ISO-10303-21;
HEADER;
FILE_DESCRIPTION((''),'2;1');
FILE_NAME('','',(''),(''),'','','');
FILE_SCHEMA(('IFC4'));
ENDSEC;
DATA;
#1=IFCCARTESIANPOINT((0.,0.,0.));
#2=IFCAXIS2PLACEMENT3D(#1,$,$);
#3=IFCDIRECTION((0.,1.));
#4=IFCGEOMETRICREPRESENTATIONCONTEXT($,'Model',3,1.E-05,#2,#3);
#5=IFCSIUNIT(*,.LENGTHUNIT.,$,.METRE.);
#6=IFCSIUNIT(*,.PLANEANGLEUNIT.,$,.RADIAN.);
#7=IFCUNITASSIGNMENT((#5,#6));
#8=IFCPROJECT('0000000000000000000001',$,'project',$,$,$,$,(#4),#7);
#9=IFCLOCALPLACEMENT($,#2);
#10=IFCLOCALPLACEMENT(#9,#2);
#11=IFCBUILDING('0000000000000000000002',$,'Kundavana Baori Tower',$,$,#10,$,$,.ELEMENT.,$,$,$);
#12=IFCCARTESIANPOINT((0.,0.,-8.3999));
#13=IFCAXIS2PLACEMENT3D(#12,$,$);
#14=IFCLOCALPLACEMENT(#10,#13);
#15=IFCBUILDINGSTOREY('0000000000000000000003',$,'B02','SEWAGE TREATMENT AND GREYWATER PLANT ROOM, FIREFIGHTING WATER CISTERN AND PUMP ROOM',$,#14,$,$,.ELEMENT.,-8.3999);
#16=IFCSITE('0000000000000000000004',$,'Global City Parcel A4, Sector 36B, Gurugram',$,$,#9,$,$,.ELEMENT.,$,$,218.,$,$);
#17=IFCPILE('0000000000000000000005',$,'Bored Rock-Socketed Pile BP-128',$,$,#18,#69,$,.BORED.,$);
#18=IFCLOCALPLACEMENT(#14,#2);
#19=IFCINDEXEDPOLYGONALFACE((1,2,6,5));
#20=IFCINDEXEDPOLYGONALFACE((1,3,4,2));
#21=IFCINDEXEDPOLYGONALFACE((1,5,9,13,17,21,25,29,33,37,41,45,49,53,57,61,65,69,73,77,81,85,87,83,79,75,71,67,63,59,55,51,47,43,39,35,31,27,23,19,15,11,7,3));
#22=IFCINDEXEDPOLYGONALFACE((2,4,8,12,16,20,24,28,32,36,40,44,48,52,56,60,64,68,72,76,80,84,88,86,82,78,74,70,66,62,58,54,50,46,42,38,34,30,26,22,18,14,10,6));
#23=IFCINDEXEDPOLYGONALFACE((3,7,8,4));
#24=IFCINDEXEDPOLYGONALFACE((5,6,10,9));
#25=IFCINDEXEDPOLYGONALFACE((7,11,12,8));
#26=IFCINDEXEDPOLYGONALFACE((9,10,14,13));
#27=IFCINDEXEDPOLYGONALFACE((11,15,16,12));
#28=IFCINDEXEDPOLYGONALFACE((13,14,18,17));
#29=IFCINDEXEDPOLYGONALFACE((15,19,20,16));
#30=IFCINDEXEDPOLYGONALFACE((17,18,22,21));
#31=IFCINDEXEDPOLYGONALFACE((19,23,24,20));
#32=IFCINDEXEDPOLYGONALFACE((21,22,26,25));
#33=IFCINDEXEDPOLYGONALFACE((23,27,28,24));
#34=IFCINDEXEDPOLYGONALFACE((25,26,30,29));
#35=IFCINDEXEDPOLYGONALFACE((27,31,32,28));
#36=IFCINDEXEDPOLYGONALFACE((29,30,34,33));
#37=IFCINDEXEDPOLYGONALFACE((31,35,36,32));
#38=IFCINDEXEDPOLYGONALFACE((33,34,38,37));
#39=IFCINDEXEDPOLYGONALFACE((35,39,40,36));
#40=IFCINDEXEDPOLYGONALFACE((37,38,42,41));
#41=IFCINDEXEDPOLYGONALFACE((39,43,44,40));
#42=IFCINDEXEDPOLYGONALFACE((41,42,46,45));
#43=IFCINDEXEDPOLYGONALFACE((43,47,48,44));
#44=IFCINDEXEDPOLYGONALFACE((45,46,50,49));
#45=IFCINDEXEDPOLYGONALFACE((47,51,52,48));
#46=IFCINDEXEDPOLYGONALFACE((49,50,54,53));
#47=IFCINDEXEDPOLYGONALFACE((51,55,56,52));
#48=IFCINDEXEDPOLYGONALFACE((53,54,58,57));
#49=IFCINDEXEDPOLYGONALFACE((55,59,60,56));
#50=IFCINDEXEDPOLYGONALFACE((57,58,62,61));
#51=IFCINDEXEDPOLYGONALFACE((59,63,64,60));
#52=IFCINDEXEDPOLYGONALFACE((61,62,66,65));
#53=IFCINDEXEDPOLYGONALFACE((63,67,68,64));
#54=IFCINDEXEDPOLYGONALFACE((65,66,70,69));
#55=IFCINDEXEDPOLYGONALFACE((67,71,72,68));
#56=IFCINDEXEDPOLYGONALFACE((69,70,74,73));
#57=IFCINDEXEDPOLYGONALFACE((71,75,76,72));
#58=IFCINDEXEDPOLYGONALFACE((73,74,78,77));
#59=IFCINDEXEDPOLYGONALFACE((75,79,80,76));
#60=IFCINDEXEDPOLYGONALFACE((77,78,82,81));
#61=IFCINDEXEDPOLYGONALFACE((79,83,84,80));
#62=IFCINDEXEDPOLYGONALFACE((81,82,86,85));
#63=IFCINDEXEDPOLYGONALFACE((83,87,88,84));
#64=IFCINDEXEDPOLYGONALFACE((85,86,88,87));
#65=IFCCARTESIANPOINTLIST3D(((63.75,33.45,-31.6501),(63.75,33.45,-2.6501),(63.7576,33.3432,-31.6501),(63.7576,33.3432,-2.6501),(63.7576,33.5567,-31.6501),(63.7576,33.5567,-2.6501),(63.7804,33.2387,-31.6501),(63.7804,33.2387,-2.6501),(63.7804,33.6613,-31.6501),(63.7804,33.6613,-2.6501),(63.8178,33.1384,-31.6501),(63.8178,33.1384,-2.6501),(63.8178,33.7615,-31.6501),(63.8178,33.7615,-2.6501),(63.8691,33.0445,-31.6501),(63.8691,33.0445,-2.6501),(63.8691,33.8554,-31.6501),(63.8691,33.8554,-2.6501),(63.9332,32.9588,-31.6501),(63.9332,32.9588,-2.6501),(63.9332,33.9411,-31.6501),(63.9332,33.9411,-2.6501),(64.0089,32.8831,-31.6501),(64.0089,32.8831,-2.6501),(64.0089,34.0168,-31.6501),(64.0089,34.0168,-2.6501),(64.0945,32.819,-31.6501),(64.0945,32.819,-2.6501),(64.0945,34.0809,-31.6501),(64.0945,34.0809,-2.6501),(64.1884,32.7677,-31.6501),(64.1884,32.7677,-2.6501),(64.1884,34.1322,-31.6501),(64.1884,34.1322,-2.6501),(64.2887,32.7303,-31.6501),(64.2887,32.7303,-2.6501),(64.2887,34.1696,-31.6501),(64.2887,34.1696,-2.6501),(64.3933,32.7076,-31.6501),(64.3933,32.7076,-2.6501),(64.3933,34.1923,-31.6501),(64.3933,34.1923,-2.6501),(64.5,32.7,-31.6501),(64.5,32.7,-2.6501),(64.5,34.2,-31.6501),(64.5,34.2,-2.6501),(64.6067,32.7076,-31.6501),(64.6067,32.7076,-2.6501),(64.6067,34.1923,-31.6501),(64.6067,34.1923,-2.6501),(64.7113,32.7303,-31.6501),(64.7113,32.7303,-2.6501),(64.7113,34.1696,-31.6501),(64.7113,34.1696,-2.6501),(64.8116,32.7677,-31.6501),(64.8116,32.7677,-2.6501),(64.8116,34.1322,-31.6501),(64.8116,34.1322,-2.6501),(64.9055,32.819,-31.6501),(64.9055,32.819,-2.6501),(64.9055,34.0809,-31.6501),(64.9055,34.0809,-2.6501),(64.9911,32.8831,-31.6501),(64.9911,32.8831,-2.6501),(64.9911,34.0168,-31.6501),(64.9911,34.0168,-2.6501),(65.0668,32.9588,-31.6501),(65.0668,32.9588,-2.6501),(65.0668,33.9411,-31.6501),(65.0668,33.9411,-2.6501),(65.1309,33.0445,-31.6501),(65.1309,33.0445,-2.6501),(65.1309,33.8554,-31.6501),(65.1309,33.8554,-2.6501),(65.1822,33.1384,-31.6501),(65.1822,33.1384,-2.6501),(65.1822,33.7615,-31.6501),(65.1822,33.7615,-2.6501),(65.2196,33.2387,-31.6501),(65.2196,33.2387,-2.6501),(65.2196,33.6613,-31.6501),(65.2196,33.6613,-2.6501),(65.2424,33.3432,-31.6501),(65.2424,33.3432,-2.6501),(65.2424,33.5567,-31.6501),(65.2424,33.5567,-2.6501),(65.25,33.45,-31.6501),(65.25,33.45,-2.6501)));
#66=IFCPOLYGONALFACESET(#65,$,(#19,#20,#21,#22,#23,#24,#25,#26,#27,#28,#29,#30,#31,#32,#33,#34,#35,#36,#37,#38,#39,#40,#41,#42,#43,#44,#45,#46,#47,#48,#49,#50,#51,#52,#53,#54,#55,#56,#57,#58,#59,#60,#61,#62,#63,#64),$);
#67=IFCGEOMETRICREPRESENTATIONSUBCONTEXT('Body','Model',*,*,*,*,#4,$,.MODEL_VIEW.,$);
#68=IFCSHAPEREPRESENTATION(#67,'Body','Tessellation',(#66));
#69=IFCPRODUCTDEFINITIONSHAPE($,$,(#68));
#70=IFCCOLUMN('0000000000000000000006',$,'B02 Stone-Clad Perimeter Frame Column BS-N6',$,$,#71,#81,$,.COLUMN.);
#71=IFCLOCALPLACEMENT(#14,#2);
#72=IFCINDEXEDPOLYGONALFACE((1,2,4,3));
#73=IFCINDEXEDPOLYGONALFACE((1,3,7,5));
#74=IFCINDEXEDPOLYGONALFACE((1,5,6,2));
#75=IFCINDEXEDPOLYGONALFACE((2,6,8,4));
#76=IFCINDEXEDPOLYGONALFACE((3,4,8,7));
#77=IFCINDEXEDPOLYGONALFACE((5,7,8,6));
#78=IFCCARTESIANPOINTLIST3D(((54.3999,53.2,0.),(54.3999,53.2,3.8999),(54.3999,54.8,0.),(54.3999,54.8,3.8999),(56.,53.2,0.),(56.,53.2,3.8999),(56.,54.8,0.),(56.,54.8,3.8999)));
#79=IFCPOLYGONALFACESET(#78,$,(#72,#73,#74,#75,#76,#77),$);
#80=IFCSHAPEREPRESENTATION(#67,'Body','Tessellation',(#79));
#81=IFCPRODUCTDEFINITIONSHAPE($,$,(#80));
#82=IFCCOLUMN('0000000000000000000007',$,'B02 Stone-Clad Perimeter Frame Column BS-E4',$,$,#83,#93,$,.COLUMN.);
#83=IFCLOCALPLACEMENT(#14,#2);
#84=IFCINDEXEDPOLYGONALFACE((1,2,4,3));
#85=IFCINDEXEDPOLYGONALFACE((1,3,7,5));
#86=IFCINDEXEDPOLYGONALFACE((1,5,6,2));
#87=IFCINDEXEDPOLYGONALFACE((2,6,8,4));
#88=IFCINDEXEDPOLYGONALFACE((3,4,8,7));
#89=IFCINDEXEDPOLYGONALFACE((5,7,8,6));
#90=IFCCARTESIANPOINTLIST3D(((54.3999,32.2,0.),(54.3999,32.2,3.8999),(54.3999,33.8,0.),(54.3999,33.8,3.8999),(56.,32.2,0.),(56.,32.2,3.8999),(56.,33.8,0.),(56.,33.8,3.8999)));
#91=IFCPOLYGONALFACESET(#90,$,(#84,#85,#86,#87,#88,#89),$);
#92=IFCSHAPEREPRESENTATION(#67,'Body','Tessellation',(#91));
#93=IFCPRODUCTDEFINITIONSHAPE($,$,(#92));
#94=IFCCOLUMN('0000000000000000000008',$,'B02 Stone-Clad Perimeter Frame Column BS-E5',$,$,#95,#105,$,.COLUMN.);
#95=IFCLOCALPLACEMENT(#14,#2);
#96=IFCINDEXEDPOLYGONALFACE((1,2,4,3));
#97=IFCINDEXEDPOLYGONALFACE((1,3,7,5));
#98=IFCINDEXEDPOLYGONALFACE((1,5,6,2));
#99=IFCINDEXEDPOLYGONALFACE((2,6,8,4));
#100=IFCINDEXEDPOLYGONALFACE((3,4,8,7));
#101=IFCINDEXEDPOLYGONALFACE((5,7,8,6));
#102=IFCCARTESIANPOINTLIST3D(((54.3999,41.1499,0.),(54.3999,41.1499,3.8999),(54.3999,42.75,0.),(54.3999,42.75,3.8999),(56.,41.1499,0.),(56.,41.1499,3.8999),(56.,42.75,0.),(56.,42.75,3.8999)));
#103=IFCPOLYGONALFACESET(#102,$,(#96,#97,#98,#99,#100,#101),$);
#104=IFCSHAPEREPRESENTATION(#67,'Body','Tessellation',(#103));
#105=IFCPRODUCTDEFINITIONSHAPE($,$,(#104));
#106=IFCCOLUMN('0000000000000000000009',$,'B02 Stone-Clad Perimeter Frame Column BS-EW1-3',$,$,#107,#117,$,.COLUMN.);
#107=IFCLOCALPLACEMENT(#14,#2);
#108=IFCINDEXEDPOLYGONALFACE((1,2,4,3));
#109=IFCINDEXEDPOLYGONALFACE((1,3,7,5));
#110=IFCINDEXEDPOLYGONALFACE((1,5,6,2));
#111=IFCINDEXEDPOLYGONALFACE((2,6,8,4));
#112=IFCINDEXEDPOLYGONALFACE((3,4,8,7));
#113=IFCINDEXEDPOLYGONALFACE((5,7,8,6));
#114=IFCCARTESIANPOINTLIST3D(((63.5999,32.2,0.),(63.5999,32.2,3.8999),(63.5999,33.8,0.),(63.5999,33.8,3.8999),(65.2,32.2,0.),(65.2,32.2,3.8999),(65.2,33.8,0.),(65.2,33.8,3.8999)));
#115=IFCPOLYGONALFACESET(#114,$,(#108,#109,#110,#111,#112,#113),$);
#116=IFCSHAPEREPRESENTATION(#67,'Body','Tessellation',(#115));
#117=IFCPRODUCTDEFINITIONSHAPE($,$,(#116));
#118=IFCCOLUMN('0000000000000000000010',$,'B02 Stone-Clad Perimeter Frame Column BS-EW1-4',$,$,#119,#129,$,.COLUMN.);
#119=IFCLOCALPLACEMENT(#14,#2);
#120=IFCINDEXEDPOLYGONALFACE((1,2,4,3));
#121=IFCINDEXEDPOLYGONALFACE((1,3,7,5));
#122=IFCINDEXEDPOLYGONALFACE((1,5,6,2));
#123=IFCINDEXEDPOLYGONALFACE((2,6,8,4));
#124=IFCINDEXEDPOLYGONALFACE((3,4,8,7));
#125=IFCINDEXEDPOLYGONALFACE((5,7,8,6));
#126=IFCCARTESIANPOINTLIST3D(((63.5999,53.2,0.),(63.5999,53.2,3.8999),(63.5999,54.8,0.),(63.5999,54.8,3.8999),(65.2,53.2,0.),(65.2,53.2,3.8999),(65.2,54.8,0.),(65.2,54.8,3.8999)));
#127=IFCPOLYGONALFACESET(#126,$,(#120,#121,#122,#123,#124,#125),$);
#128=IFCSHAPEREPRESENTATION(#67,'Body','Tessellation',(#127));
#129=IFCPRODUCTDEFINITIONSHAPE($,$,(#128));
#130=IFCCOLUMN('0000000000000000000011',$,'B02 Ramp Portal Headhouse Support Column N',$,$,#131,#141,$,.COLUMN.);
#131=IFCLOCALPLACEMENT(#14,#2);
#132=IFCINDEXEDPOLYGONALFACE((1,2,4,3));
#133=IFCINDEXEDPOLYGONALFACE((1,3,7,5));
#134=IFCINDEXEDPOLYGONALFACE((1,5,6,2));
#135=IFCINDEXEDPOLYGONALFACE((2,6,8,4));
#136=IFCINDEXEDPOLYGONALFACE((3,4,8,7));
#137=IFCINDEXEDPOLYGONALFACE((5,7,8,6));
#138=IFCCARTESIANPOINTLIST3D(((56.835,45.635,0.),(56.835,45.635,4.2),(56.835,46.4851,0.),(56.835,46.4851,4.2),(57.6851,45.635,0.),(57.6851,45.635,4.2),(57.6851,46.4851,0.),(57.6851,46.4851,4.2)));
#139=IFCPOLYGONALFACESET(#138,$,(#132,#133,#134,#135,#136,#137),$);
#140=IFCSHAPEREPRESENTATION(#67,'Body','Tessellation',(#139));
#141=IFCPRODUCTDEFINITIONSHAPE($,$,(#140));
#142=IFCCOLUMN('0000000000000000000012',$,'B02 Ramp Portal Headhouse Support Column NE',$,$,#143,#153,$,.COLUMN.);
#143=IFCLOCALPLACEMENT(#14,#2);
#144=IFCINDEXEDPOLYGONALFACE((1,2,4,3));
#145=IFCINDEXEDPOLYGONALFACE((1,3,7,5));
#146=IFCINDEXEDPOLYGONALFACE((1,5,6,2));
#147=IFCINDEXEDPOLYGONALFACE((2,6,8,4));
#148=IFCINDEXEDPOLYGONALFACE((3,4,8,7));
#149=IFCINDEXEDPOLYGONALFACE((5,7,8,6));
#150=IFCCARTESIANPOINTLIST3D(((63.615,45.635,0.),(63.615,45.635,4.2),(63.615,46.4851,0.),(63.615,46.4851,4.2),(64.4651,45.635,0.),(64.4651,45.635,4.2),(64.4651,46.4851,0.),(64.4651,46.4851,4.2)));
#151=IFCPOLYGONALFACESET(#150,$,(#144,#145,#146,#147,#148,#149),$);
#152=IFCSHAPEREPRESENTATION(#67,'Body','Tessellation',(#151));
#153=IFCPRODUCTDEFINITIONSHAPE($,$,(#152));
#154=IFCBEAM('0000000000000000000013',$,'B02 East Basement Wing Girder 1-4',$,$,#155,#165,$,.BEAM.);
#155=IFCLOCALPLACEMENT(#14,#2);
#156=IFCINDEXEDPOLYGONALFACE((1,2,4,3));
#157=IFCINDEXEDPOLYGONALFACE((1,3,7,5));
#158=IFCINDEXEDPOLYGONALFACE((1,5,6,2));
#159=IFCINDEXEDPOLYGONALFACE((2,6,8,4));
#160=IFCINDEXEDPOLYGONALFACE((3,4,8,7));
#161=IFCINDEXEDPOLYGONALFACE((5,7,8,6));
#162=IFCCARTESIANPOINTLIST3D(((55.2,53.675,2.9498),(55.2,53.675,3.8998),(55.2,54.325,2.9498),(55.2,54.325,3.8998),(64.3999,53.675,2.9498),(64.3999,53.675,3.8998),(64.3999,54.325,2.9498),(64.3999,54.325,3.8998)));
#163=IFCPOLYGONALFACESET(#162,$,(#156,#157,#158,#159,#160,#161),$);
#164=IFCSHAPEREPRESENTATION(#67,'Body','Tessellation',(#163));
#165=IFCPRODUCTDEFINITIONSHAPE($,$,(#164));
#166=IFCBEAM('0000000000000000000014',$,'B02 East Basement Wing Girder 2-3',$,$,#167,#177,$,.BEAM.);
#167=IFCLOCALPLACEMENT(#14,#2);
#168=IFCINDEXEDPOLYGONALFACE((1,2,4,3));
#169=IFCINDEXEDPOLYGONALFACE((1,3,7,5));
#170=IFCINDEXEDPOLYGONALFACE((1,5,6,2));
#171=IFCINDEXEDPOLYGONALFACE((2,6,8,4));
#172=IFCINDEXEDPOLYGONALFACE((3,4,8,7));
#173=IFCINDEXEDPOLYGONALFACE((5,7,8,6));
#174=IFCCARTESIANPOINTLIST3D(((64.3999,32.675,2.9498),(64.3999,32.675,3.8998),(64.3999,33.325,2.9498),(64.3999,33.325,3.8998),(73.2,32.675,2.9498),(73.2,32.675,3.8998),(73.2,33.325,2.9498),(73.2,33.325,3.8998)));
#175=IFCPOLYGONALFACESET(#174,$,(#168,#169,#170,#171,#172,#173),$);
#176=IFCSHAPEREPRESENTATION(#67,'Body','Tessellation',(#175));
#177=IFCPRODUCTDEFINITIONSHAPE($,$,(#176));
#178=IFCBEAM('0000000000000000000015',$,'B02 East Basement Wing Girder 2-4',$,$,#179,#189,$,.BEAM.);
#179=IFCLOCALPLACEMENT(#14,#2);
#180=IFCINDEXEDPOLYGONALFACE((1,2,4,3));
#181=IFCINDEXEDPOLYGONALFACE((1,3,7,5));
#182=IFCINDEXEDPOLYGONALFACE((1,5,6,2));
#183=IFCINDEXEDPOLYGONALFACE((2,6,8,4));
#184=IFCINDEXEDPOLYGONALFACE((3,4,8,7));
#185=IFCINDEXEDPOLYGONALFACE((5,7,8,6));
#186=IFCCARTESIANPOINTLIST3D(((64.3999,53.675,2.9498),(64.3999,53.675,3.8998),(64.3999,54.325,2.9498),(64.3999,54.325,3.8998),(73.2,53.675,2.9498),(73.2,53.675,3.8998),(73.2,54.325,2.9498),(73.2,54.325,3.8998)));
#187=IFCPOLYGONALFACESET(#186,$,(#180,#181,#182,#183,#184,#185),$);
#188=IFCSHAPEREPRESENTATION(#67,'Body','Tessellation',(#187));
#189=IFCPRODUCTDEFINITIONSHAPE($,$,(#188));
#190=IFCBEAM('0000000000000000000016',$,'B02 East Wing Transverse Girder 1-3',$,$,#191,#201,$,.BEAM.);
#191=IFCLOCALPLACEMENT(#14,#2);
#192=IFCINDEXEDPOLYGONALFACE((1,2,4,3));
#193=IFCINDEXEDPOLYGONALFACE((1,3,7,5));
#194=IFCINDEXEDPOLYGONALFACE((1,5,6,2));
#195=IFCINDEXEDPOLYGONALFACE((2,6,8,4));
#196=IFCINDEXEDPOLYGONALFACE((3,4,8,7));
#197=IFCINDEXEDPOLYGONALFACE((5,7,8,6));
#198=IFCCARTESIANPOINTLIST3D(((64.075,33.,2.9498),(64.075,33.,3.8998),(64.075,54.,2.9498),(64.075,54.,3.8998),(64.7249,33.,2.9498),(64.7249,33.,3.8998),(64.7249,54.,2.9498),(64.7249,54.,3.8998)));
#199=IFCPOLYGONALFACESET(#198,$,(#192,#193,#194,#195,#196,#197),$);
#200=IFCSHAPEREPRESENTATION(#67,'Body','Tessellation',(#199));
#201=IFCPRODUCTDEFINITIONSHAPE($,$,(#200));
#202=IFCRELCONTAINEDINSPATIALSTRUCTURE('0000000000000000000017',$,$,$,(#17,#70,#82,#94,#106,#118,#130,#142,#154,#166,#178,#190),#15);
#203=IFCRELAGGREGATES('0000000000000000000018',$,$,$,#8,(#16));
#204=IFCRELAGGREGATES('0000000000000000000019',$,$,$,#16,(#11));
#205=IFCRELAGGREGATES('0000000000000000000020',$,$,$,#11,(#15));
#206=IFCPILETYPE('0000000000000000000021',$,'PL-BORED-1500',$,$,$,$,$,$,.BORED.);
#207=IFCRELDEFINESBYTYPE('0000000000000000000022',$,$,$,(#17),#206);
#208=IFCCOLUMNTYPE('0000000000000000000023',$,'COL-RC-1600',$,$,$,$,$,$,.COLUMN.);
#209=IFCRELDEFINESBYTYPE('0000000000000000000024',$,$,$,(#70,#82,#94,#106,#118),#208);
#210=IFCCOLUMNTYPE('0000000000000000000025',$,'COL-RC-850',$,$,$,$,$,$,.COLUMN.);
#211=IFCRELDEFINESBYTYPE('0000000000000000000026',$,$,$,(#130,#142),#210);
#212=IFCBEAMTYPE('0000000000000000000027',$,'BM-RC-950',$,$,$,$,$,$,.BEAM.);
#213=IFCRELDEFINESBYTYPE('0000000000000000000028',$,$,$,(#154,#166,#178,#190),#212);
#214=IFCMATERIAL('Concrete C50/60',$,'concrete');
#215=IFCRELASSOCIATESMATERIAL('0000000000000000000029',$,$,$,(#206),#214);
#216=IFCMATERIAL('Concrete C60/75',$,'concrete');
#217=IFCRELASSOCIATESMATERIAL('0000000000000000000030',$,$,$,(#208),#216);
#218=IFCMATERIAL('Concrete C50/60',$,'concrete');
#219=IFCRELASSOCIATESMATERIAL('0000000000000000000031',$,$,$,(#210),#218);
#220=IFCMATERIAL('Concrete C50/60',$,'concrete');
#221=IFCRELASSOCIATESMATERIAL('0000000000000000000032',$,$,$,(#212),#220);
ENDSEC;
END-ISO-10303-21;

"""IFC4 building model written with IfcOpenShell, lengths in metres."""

from ifc_helpers import new_model, si_unit, direction, frame, origin, origin_2d, place, context, subcontext, project, spatial, rectangle, circle, extrude, material, material_profile, profile_set, type_object, element, save


model = new_model("IFC4")

# Units and contexts
model_context = context("Model", 3, precision=1e-05, world=origin(), true_north=direction((0.0, 1.0)))
body_context = subcontext(model_context, "Body", "Model", "MODEL_VIEW")
ifc_project = project(units=[si_unit("LENGTHUNIT", "METRE"), si_unit("PLANEANGLEUNIT", "RADIAN")], contexts=[model_context])

# Site, building, storey
site_placement = place(None, origin())
site = spatial("IfcSite", under=ifc_project, at=site_placement, Name="Global City Parcel A4, Sector 36B, Gurugram", CompositionType="ELEMENT", RefElevation=218.0)
building_placement = place(site_placement, origin())
building = spatial("IfcBuilding", under=site, at=building_placement, Name="Kundavana Baori Tower", CompositionType="ELEMENT")
storey_placement = place(building_placement, frame((0.0, 0.0, -8.3999)))
storey = spatial("IfcBuildingStorey", under=building, at=storey_placement, Name="B02", Description="SEWAGE TREATMENT AND GREYWATER PLANT ROOM, FIREFIGHTING WATER CISTERN AND PUMP ROOM", CompositionType="ELEMENT", Elevation=-8.3999)

# Pile
ifc_material_1 = material(Name="Concrete C50/60", Category="concrete")
ifc_material_profile_1 = material_profile(ifc_material_1, circle(Radius=0.75, at=origin_2d()), Name="BORED PILE D1500")
ifc_profile_set_1 = profile_set([ifc_material_profile_1], Name="Concrete C50/60")
pile_type_1 = type_object("IfcPileType", Name="PL-BORED-1500", PredefinedType="BORED", material=ifc_profile_set_1)
for number, where, z_axis, x_axis, name in (
    (1, (64.5, 33.45, -2.6501), (0.0, 0.0, -1.0), (1.0, 0.0, 0.0), "Bored Rock-Socketed Pile BP-128"),
):
    element("IfcPile", number, at=place(storey_placement, frame(where, z_axis=z_axis, x_axis=x_axis)), inside=storey, type_object=pile_type_1, Name=name, PredefinedType="BORED", context=body_context, shape_type="SweptSolid", body=[
        extrude(circle(Radius=0.75, at=origin_2d()), origin(), (0.0, 0.0, 1.0), 29.0),
    ])

# Columns
ifc_material_2 = material(Name="Concrete C60/75", Category="concrete")
ifc_material_profile_2 = material_profile(ifc_material_2, rectangle(XDim=1.6001, YDim=1.6001, at=origin_2d()), Name="RC 1600x1600")
ifc_profile_set_2 = profile_set([ifc_material_profile_2], Name="Concrete C60/75")
column_type_1 = type_object("IfcColumnType", Name="COL-RC-1600", PredefinedType="COLUMN", material=ifc_profile_set_2)
for number, where, z_axis, x_axis, name in (
    (2, (55.2, 54.0, 0.0), (0.0, 0.0, 1.0), (1.0, 0.0, 0.0), "B02 Stone-Clad Perimeter Frame Column BS-N6"),
    (3, (55.2, 33.0, 0.0), (0.0, 0.0, 1.0), (1.0, 0.0, 0.0), "B02 Stone-Clad Perimeter Frame Column BS-E4"),
    (4, (55.2, 41.95, 0.0), (0.0, 0.0, 1.0), (1.0, 0.0, 0.0), "B02 Stone-Clad Perimeter Frame Column BS-E5"),
    (5, (64.3999, 33.0, 0.0), (0.0, 0.0, 1.0), (1.0, 0.0, 0.0), "B02 Stone-Clad Perimeter Frame Column BS-EW1-3"),
    (6, (64.3999, 54.0, 0.0), (0.0, 0.0, 1.0), (1.0, 0.0, 0.0), "B02 Stone-Clad Perimeter Frame Column BS-EW1-4"),
):
    element("IfcColumn", number, at=place(storey_placement, frame(where, z_axis=z_axis, x_axis=x_axis)), inside=storey, type_object=column_type_1, Name=name, PredefinedType="COLUMN", context=body_context, shape_type="SweptSolid", body=[
        extrude(rectangle(XDim=1.6001, YDim=1.6001, at=origin_2d()), origin(), (0.0, 0.0, 1.0), 3.8999),
    ])
ifc_material_3 = material(Name="Concrete C50/60", Category="concrete")
ifc_material_profile_3 = material_profile(ifc_material_3, rectangle(XDim=0.8501, YDim=0.8501, at=origin_2d()), Name="RC 850x850")
ifc_profile_set_3 = profile_set([ifc_material_profile_3], Name="Concrete C50/60")
column_type_2 = type_object("IfcColumnType", Name="COL-RC-850", PredefinedType="COLUMN", material=ifc_profile_set_3)
for number, where, z_axis, x_axis, name in (
    (7, (57.26, 46.0601, 0.0), (0.0, 0.0, 1.0), (1.0, 0.0, 0.0), "B02 Ramp Portal Headhouse Support Column N"),
    (8, (64.04, 46.0601, 0.0), (0.0, 0.0, 1.0), (1.0, 0.0, 0.0), "B02 Ramp Portal Headhouse Support Column NE"),
):
    element("IfcColumn", number, at=place(storey_placement, frame(where, z_axis=z_axis, x_axis=x_axis)), inside=storey, type_object=column_type_2, Name=name, PredefinedType="COLUMN", context=body_context, shape_type="SweptSolid", body=[
        extrude(rectangle(XDim=0.8501, YDim=0.8501, at=origin_2d()), origin(), (0.0, 0.0, 1.0), 4.2),
    ])

# Beams
ifc_material_4 = material(Name="Concrete C50/60", Category="concrete")
ifc_material_profile_4 = material_profile(ifc_material_4, rectangle(XDim=0.6499, YDim=0.95, at=origin_2d()), Name="RC BM 650x950")
ifc_profile_set_4 = profile_set([ifc_material_profile_4], Name="Concrete C50/60")
beam_type_1 = type_object("IfcBeamType", Name="BM-RC-950", PredefinedType="BEAM", material=ifc_profile_set_4)
beam_1_placement = place(storey_placement, frame((55.2, 54.0, 3.4248), z_axis=(1.0, 0.0, 0.0), x_axis=(0.0, 1.0, 0.0)))
element("IfcBeam", 9, at=beam_1_placement, inside=storey, type_object=beam_type_1, Name="B02 East Basement Wing Girder 1-4", PredefinedType="BEAM", context=body_context, shape_type="SweptSolid", body=[
    extrude(rectangle(XDim=0.6499, YDim=0.95, at=origin_2d()), origin(), (0.0, 0.0, 1.0), 9.2),
])
for number, where, z_axis, x_axis, name in (
    (10, (64.3999, 33.0, 3.4248), (1.0, 0.0, 0.0), (0.0, 1.0, 0.0), "B02 East Basement Wing Girder 2-3"),
    (11, (64.3999, 54.0, 3.4248), (1.0, 0.0, 0.0), (0.0, 1.0, 0.0), "B02 East Basement Wing Girder 2-4"),
):
    element("IfcBeam", number, at=place(storey_placement, frame(where, z_axis=z_axis, x_axis=x_axis)), inside=storey, type_object=beam_type_1, Name=name, PredefinedType="BEAM", context=body_context, shape_type="SweptSolid", body=[
        extrude(rectangle(XDim=0.6499, YDim=0.95, at=origin_2d()), origin(), (0.0, 0.0, 1.0), 8.8),
    ])
beam_2_placement = place(storey_placement, frame((64.3999, 33.0, 3.4248), z_axis=(0.0, 1.0, 0.0), x_axis=(-1.0, 0.0, 0.0)))
element("IfcBeam", 12, at=beam_2_placement, inside=storey, type_object=beam_type_1, Name="B02 East Wing Transverse Girder 1-3", PredefinedType="BEAM", context=body_context, shape_type="SweptSolid", body=[
    extrude(rectangle(XDim=0.6499, YDim=0.95, at=origin_2d()), origin(), (0.0, 0.0, 1.0), 21.0),
])

save(model, "model.ifc")
